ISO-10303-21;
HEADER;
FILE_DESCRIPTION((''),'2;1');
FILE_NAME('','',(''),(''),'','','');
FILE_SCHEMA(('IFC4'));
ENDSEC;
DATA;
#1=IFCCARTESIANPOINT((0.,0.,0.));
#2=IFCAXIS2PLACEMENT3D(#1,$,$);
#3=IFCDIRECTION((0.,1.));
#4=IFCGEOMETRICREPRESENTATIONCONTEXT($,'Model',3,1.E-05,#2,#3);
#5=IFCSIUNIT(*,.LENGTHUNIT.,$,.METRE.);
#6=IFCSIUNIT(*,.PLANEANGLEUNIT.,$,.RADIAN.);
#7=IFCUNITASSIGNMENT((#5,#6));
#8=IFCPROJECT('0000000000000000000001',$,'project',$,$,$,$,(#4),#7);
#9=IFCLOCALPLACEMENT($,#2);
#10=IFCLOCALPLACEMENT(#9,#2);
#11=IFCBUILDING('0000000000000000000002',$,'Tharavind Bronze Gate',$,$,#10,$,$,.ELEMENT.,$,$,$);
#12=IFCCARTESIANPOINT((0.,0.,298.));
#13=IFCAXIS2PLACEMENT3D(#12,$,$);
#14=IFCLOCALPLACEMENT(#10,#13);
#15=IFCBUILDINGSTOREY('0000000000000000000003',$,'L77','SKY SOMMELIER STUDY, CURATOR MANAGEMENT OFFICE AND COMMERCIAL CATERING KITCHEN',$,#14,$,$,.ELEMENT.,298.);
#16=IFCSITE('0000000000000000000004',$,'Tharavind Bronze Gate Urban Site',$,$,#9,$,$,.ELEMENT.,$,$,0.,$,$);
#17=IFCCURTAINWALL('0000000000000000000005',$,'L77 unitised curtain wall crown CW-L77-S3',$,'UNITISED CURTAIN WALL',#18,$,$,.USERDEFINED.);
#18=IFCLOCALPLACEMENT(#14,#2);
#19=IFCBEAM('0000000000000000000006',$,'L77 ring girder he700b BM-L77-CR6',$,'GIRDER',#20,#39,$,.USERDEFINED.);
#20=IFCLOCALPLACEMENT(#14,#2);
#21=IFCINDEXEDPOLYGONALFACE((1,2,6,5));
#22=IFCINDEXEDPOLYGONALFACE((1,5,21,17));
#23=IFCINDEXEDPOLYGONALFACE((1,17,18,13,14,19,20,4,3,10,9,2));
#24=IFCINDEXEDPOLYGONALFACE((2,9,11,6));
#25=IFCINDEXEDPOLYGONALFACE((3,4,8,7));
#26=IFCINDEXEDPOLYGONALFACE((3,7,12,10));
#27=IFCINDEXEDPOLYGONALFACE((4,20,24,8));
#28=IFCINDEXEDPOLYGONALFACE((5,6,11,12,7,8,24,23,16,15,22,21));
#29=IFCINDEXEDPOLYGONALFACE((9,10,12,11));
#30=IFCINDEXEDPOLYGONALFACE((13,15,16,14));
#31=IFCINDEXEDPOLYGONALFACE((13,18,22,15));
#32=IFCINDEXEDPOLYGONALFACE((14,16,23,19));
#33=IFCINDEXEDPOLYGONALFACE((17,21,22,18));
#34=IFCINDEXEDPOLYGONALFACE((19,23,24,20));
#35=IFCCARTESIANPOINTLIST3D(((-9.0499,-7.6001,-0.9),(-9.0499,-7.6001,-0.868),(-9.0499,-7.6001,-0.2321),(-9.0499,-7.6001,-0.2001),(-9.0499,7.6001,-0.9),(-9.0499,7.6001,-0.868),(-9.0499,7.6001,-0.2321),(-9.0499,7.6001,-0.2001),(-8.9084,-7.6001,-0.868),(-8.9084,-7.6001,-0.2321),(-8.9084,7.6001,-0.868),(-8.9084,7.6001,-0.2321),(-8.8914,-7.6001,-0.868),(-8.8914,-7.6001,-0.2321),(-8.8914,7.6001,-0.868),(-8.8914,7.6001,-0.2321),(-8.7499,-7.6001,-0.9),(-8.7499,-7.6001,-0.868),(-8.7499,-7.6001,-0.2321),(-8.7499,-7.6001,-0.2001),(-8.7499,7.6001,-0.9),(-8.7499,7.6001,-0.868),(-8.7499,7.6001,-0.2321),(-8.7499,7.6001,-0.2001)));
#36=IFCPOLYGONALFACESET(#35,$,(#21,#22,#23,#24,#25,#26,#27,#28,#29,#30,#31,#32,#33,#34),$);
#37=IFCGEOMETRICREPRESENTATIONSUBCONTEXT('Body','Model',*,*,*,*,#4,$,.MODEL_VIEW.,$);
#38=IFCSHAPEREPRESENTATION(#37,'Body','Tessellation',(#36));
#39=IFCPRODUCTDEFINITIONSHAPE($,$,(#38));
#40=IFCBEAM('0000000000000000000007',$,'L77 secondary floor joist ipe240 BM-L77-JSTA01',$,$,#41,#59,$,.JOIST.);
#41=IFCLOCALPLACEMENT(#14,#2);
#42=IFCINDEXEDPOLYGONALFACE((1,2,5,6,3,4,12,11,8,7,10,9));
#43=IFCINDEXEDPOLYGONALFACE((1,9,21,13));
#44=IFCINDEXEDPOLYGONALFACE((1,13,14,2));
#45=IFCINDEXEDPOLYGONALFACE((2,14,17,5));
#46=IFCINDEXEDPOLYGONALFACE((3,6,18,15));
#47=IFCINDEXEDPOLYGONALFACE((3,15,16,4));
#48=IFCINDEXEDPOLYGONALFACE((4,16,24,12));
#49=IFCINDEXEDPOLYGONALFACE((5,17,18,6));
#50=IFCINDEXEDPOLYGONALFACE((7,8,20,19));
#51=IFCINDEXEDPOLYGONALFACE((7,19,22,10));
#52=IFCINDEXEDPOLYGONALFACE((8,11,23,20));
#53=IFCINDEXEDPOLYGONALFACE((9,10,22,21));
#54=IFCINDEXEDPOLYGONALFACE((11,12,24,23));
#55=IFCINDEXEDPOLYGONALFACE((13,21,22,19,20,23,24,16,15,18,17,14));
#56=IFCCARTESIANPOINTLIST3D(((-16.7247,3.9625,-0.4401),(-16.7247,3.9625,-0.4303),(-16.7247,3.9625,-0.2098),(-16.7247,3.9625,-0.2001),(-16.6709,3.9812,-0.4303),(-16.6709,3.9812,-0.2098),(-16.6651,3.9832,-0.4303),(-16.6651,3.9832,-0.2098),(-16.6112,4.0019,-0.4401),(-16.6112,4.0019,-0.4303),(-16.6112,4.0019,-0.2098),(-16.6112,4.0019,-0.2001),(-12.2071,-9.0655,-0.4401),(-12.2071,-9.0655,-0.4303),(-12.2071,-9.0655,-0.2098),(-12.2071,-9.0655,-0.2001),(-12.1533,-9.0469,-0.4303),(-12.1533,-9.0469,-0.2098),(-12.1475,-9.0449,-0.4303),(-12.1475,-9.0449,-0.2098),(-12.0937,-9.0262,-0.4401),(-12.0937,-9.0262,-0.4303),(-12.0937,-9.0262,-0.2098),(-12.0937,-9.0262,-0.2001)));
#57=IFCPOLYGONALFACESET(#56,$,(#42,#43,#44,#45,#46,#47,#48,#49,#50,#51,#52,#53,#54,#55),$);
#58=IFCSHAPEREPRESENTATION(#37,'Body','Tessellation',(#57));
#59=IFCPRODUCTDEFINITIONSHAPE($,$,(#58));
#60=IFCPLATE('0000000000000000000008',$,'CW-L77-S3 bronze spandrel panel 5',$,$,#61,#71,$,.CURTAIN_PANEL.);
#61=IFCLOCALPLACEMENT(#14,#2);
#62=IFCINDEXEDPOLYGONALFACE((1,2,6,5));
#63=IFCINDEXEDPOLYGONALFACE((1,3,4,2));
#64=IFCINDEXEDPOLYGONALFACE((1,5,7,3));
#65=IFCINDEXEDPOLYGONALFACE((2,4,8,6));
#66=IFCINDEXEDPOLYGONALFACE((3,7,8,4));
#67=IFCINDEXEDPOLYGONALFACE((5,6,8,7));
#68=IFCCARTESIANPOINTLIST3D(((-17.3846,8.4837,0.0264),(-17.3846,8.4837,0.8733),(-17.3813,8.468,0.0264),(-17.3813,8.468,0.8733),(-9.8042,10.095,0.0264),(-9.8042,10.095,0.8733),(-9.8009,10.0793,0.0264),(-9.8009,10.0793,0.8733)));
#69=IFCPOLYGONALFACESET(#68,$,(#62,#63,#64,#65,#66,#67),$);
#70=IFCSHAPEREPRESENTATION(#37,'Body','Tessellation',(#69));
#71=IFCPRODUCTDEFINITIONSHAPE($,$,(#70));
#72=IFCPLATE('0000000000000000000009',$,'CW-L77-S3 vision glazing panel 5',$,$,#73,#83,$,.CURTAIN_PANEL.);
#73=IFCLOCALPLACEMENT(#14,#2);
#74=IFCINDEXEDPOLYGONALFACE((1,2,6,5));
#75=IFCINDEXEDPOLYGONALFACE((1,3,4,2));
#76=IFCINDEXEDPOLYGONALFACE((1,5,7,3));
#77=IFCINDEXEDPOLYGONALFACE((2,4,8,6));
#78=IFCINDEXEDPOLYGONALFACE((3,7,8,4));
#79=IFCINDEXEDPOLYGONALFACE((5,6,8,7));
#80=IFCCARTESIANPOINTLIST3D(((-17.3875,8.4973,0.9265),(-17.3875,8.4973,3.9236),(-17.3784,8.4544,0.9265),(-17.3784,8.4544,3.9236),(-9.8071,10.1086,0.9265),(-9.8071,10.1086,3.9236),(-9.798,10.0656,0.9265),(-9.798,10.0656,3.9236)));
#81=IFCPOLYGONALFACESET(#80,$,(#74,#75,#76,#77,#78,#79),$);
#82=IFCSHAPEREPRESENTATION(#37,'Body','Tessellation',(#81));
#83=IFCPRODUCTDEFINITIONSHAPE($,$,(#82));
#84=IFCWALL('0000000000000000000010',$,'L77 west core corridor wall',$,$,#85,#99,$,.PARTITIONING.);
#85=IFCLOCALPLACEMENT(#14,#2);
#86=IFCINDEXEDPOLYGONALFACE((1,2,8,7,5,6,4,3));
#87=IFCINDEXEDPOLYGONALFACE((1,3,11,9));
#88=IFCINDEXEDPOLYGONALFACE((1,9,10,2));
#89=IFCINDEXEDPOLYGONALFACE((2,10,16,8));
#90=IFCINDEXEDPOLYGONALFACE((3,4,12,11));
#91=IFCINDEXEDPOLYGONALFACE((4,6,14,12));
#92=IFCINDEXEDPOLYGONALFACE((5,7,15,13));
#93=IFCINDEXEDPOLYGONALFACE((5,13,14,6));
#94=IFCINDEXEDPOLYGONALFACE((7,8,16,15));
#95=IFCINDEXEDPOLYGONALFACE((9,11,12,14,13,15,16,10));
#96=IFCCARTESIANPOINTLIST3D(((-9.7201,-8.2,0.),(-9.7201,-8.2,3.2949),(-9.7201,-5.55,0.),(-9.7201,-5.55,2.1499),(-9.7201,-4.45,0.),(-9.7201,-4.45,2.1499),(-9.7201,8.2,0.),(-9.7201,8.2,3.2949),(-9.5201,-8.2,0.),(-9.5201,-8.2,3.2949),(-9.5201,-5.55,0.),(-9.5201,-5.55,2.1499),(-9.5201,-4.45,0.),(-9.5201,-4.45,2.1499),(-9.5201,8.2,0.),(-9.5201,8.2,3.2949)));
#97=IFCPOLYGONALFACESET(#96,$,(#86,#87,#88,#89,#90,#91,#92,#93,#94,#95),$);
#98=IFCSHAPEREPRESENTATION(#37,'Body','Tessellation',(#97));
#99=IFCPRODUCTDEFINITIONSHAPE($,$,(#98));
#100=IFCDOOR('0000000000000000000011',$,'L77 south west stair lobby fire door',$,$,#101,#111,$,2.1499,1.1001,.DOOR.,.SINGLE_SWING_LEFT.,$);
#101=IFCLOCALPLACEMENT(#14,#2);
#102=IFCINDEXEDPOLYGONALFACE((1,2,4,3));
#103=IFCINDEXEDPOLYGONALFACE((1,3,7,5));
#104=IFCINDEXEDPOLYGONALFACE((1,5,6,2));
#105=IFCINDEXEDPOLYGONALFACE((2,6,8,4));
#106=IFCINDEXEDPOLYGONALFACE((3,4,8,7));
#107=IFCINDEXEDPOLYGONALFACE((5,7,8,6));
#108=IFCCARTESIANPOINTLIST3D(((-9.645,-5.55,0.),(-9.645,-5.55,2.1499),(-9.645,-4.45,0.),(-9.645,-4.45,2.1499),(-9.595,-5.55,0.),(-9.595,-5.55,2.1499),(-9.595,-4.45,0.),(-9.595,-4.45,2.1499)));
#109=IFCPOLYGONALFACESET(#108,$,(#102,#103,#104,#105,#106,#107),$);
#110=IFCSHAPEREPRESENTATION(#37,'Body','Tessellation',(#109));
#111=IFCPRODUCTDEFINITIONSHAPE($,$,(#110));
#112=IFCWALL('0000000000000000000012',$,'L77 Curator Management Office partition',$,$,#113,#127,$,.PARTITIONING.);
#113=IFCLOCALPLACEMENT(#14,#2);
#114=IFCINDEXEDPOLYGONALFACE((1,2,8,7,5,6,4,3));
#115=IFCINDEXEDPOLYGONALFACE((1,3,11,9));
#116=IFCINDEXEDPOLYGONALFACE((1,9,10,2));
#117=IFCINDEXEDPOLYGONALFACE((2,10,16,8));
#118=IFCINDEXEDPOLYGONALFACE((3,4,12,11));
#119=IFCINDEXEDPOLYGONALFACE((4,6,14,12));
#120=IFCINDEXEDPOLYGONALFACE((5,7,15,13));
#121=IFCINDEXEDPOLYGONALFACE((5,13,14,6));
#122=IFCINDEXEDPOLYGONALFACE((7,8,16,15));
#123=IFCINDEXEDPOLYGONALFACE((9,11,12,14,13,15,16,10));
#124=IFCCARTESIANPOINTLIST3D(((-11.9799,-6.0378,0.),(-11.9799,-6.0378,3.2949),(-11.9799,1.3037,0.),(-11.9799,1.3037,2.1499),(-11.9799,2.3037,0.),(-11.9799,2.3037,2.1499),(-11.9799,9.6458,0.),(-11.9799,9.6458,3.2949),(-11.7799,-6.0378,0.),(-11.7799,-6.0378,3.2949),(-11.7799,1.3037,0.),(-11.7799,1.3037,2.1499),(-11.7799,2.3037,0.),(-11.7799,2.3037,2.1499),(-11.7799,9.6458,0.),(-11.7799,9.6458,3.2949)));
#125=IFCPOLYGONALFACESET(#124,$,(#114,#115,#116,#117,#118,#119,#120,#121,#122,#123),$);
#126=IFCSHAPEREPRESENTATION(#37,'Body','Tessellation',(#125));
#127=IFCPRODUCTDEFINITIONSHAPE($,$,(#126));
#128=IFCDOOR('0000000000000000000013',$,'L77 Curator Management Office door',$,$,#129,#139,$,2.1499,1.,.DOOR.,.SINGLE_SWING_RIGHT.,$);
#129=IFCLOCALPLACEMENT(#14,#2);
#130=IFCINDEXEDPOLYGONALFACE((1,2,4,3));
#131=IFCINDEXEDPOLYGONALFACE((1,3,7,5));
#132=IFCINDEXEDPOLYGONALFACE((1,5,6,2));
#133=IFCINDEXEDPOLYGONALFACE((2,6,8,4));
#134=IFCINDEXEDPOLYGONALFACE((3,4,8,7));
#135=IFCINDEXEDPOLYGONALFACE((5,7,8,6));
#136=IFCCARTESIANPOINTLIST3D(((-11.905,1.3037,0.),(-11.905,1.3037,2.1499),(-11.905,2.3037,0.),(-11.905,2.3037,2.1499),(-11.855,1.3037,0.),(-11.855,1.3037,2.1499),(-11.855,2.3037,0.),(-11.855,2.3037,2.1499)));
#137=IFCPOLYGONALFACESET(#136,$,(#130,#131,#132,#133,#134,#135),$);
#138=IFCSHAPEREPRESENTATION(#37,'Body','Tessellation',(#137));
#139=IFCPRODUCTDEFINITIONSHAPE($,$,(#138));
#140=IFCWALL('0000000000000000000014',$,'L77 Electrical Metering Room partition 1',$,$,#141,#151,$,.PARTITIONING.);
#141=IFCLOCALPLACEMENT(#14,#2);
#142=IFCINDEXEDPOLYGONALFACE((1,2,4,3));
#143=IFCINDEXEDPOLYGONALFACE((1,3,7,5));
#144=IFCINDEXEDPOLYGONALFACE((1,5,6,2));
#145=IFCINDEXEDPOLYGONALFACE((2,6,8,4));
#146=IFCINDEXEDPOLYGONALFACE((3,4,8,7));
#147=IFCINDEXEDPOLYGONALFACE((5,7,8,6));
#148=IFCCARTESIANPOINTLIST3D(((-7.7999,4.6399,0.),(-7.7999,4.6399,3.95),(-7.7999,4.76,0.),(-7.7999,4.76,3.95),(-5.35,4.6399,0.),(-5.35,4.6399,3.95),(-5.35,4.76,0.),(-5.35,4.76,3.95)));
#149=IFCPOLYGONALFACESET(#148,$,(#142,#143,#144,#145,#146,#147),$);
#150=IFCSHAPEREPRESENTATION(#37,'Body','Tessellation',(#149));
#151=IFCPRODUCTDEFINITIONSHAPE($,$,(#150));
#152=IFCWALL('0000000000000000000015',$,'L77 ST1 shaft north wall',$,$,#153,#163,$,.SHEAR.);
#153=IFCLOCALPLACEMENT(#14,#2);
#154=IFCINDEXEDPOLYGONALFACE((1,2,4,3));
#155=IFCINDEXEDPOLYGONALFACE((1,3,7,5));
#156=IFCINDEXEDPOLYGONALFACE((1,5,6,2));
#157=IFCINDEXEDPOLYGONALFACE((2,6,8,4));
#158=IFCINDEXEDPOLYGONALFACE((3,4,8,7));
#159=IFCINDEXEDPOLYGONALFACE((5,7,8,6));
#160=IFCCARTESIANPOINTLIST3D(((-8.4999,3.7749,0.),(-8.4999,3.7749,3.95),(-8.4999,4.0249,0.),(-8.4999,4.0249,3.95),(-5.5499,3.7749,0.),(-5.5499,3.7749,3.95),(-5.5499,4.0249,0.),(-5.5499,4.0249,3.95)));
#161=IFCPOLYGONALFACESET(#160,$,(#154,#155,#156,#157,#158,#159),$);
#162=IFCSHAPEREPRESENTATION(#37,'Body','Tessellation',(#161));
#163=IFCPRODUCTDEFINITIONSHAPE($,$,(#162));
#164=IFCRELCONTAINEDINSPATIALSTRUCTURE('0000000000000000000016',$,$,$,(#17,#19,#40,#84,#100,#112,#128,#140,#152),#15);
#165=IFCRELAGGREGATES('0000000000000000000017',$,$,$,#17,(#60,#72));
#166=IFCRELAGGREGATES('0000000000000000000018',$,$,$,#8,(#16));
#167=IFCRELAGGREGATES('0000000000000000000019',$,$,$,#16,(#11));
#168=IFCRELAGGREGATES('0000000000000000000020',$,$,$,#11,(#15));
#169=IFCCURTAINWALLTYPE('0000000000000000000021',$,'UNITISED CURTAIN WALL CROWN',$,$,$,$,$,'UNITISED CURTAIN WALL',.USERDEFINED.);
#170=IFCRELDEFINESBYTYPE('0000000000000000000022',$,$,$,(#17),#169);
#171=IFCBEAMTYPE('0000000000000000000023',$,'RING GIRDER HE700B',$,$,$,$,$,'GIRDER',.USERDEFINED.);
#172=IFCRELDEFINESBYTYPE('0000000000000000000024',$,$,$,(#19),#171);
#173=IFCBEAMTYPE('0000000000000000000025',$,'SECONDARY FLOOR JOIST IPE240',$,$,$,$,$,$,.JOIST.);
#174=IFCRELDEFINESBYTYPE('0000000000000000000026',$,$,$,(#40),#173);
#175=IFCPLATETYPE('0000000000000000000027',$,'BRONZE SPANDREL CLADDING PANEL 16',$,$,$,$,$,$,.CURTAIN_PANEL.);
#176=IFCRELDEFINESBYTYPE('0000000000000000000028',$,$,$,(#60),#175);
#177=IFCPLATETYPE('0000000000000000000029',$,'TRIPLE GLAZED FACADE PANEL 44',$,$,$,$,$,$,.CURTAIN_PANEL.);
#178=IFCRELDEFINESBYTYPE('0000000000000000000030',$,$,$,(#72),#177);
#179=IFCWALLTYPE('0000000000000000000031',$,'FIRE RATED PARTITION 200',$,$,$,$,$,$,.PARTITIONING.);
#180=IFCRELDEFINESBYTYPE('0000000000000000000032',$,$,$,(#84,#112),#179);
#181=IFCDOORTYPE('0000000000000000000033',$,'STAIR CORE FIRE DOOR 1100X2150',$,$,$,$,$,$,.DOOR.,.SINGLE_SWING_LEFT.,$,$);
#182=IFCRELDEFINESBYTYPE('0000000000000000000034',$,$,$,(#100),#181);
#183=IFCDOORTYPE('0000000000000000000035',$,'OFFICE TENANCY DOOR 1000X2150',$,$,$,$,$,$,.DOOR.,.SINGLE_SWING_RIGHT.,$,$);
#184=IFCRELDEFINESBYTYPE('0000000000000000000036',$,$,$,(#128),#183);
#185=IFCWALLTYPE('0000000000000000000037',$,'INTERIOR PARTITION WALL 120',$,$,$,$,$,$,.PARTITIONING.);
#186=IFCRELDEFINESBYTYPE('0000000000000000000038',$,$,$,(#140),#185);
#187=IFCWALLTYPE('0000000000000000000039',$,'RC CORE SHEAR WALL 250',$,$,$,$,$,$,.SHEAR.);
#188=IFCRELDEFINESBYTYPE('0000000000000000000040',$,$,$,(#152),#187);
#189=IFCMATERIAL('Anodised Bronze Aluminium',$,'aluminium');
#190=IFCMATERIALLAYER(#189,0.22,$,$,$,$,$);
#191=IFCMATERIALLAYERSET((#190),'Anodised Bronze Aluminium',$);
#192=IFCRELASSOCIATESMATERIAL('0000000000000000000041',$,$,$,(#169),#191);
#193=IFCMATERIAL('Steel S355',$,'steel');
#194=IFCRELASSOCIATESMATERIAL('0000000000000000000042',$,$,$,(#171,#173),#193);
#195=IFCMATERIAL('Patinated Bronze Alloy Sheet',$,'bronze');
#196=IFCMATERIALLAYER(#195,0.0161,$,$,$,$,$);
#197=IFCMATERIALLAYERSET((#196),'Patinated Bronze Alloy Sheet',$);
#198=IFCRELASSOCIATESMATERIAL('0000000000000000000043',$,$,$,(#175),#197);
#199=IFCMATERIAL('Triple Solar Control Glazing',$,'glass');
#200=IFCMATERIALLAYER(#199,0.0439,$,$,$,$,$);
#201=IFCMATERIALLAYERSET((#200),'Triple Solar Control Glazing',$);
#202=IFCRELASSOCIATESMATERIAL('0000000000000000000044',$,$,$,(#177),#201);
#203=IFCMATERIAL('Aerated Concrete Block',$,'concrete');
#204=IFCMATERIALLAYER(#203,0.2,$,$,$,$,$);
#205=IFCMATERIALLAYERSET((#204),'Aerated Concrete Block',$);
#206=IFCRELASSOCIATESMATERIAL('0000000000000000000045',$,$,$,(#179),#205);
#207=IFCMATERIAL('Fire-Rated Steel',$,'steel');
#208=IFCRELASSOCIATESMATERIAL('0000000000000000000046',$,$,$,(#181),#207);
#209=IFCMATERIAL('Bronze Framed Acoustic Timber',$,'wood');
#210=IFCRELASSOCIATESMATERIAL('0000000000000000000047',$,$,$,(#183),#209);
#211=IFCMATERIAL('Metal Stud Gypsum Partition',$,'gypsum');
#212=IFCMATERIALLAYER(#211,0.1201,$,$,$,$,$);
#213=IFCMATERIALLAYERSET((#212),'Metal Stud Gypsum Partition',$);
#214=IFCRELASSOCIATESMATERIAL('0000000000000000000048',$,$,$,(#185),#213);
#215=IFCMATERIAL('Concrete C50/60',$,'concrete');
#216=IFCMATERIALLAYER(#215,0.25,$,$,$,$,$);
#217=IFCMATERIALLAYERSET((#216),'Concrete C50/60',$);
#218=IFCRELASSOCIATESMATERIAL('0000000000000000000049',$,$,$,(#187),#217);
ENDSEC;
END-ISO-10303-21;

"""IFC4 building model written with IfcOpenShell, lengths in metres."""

from ifc_helpers import new_model, si_unit, direction, frame, frame_2d, origin, origin_2d, place, context, subcontext, project, spatial, rectangle, i_section, extrude, material, layer, layer_set, material_profile, profile_set, type_object, element, fill, aggregate, save


model = new_model("IFC4")

# Units and contexts
model_context = context("Model", 3, precision=1e-05, world=origin(), true_north=direction((0.0, 1.0)))
body_context = subcontext(model_context, "Body", "Model", "MODEL_VIEW")
ifc_project = project(units=[si_unit("LENGTHUNIT", "METRE"), si_unit("PLANEANGLEUNIT", "RADIAN")], contexts=[model_context])

# Site, building, storey
site_placement = place(None, origin())
site = spatial("IfcSite", under=ifc_project, at=site_placement, Name="Tharavind Bronze Gate Urban Site", CompositionType="ELEMENT", RefElevation=0.0)
building_placement = place(site_placement, origin())
building = spatial("IfcBuilding", under=site, at=building_placement, Name="Tharavind Bronze Gate", CompositionType="ELEMENT")
storey_placement = place(building_placement, frame((0.0, 0.0, 298.0)))
storey = spatial("IfcBuildingStorey", under=building, at=storey_placement, Name="L77", Description="SKY SOMMELIER STUDY, CURATOR MANAGEMENT OFFICE AND COMMERCIAL CATERING KITCHEN", CompositionType="ELEMENT", Elevation=298.0)

# Shared definitions
ifc_material_1 = material(Name="Concrete C50/60", Category="concrete")

# Curtain wall
ifc_material_2 = material(Name="Anodised Bronze Aluminium", Category="aluminium")
ifc_layer_1 = layer(ifc_material_2, 0.22)
ifc_layer_set_1 = layer_set([ifc_layer_1], Name="Anodised Bronze Aluminium")
curtain_wall_type = type_object("IfcCurtainWallType", Name="UNITISED CURTAIN WALL CROWN", ElementType="UNITISED CURTAIN WALL", PredefinedType="USERDEFINED", material=ifc_layer_set_1)
curtain_wall_placement = place(storey_placement, origin())
curtain_wall = element("IfcCurtainWall", 1, at=curtain_wall_placement, inside=storey, type_object=curtain_wall_type, Name="L77 unitised curtain wall crown CW-L77-S3", ObjectType="UNITISED CURTAIN WALL", PredefinedType="USERDEFINED")

# Beams
ifc_material_3 = material(Name="Steel S355", Category="steel")
ifc_material_profile_1 = material_profile(ifc_material_3, i_section(OverallWidth=0.3, OverallDepth=0.7, WebThickness=0.0171, FlangeThickness=0.032, at=origin_2d()), Name="HE700B")
ifc_profile_set_1 = profile_set([ifc_material_profile_1], Name="Steel S355")
beam_type_1 = type_object("IfcBeamType", Name="RING GIRDER HE700B", ElementType="GIRDER", PredefinedType="USERDEFINED", material=ifc_profile_set_1)
beam_1_placement = place(storey_placement, frame((-8.8999, 7.6001, -0.55), z_axis=(0.0, -1.0, 0.0), x_axis=(1.0, 0.0, 0.0)))
element("IfcBeam", 2, at=beam_1_placement, inside=storey, type_object=beam_type_1, Name="L77 ring girder he700b BM-L77-CR6", ObjectType="GIRDER", PredefinedType="USERDEFINED", context=body_context, shape_type="SweptSolid", body=[
    extrude(i_section(OverallWidth=0.3, OverallDepth=0.7, WebThickness=0.0171, FlangeThickness=0.032, at=origin_2d()), origin(), (0.0, 0.0, 1.0), 15.2002),
])
ifc_material_profile_2 = material_profile(ifc_material_3, i_section(OverallWidth=0.1201, OverallDepth=0.24, WebThickness=0.0061, FlangeThickness=0.0098, at=origin_2d()), Name="IPE240")
ifc_profile_set_2 = profile_set([ifc_material_profile_2], Name="Steel S355")
beam_type_2 = type_object("IfcBeamType", Name="SECONDARY FLOOR JOIST IPE240", PredefinedType="JOIST", material=ifc_profile_set_2)
beam_2_placement = place(storey_placement, frame((-16.668, 3.9822, -0.3201), z_axis=(0.32762, -0.94481, 0.0), x_axis=(0.94481, 0.32762, 0.0)))
element("IfcBeam", 3, at=beam_2_placement, inside=storey, type_object=beam_type_2, Name="L77 secondary floor joist ipe240 BM-L77-JSTA01", PredefinedType="JOIST", context=body_context, shape_type="SweptSolid", body=[
    extrude(i_section(OverallWidth=0.1201, OverallDepth=0.24, WebThickness=0.0061, FlangeThickness=0.0098, at=origin_2d()), origin(), (0.0, 0.0, 1.0), 13.7891),
])

# Plates
ifc_material_4 = material(Name="Patinated Bronze Alloy Sheet", Category="bronze")
ifc_layer_2 = layer(ifc_material_4, 0.0161)
ifc_layer_set_2 = layer_set([ifc_layer_2], Name="Patinated Bronze Alloy Sheet")
plate_type_1 = type_object("IfcPlateType", Name="BRONZE SPANDREL CLADDING PANEL 16", PredefinedType="CURTAIN_PANEL", material=ifc_layer_set_2)
plate_1_placement = place(storey_placement, frame((-13.5928, 9.2815, 0.0264), z_axis=(0.0, 0.0, 1.0), x_axis=(-0.978147, -0.207913, 0.0)))
plate_1 = element("IfcPlate", 4, at=plate_1_placement, type_object=plate_type_1, Name="CW-L77-S3 bronze spandrel panel 5", PredefinedType="CURTAIN_PANEL", context=body_context, shape_type="SweptSolid", body=[
    extrude(rectangle(XDim=7.7498, YDim=0.0161, at=origin_2d()), origin(), (0.0, 0.0, 1.0), 0.8469),
])
ifc_material_5 = material(Name="Triple Solar Control Glazing", Category="glass")
ifc_layer_3 = layer(ifc_material_5, 0.0439)
ifc_layer_set_3 = layer_set([ifc_layer_3], Name="Triple Solar Control Glazing")
plate_type_2 = type_object("IfcPlateType", Name="TRIPLE GLAZED FACADE PANEL 44", PredefinedType="CURTAIN_PANEL", material=ifc_layer_set_3)
plate_2_placement = place(storey_placement, frame((-13.5928, 9.2815, 0.9265), z_axis=(0.0, 0.0, 1.0), x_axis=(-0.978147, -0.207913, 0.0)))
plate_2 = element("IfcPlate", 5, at=plate_2_placement, type_object=plate_type_2, Name="CW-L77-S3 vision glazing panel 5", PredefinedType="CURTAIN_PANEL", context=body_context, shape_type="SweptSolid", body=[
    extrude(rectangle(XDim=7.7498, YDim=0.0439, at=origin_2d()), origin(), (0.0, 0.0, 1.0), 2.9971),
])
aggregate(curtain_wall, [plate_1, plate_2])

# Walls, openings, doors
ifc_material_6 = material(Name="Aerated Concrete Block", Category="concrete")
ifc_layer_4 = layer(ifc_material_6, 0.2)
ifc_layer_set_4 = layer_set([ifc_layer_4], Name="Aerated Concrete Block")
wall_type_1 = type_object("IfcWallType", Name="FIRE RATED PARTITION 200", PredefinedType="PARTITIONING", material=ifc_layer_set_4)
wall_1_placement = place(storey_placement, frame((-9.6201, 8.2, 0.0), z_axis=(0.0, 0.0, 1.0), x_axis=(0.0, -1.0, 0.0)))
wall_1 = element("IfcWall", 6, at=wall_1_placement, inside=storey, type_object=wall_type_1, Name="L77 west core corridor wall", PredefinedType="PARTITIONING", context=body_context, shape_type="SweptSolid", body=[
    extrude(rectangle(XDim=16.3999, YDim=0.2, at=frame_2d((8.2, 0.0))), origin(), (0.0, 0.0, 1.0), 3.2949),
])
opening_1_placement = place(wall_1_placement, frame((12.6499, 0.0, 0.0)))
opening_1 = element("IfcOpeningElement", 7, at=opening_1_placement, cuts=wall_1, PredefinedType="OPENING", context=body_context, shape_type="SweptSolid", body=[
    extrude(rectangle(XDim=1.1001, YDim=2.1499, at=frame_2d((0.55, 1.075))), frame((0.0, 0.1101, 0.0), z_axis=(0.0, -1.0, 0.0), x_axis=(1.0, 0.0, 0.0)), (0.0, 0.0, 1.0), 0.22),
])
ifc_material_7 = material(Name="Fire-Rated Steel", Category="steel")
door_type_1 = type_object("IfcDoorType", Name="STAIR CORE FIRE DOOR 1100X2150", OperationType="SINGLE_SWING_LEFT", PredefinedType="DOOR", material=ifc_material_7)
door_1_placement = place(opening_1_placement, frame((1.1001, 0.0, 0.0), z_axis=(0.0, 0.0, 1.0), x_axis=(-1.0, 0.0, 0.0)))
door_1 = element("IfcDoor", 8, at=door_1_placement, inside=storey, type_object=door_type_1, Name="L77 south west stair lobby fire door", OperationType="SINGLE_SWING_LEFT", OverallHeight=2.1499, OverallWidth=1.1001, PredefinedType="DOOR", context=body_context, shape_type="SweptSolid", body=[
    extrude(rectangle(XDim=1.1001, YDim=2.1499, at=frame_2d((0.55, 1.075))), frame((0.0, 0.0249, 0.0), z_axis=(0.0, -1.0, 0.0), x_axis=(1.0, 0.0, 0.0)), (0.0, 0.0, 1.0), 0.05),
])
fill(opening_1, door_1)
wall_2_placement = place(storey_placement, frame((-11.8799, 9.6458, 0.0), z_axis=(0.0, 0.0, 1.0), x_axis=(0.0, -1.0, 0.0)))
wall_2 = element("IfcWall", 9, at=wall_2_placement, inside=storey, type_object=wall_type_1, Name="L77 Curator Management Office partition", PredefinedType="PARTITIONING", context=body_context, shape_type="SweptSolid", body=[
    extrude(rectangle(XDim=15.6836, YDim=0.2, at=frame_2d((7.8418, 0.0))), origin(), (0.0, 0.0, 1.0), 3.2949),
])
opening_2_placement = place(wall_2_placement, frame((7.342, 0.0, 0.0)))
opening_2 = element("IfcOpeningElement", 10, at=opening_2_placement, cuts=wall_2, PredefinedType="OPENING", context=body_context, shape_type="SweptSolid", body=[
    extrude(rectangle(XDim=1.0, YDim=2.1499, at=frame_2d((0.5, 1.075))), frame((0.0, 0.1101, 0.0), z_axis=(0.0, -1.0, 0.0), x_axis=(1.0, 0.0, 0.0)), (0.0, 0.0, 1.0), 0.22),
])
ifc_material_8 = material(Name="Bronze Framed Acoustic Timber", Category="wood")
door_type_2 = type_object("IfcDoorType", Name="OFFICE TENANCY DOOR 1000X2150", OperationType="SINGLE_SWING_RIGHT", PredefinedType="DOOR", material=ifc_material_8)
door_2_placement = place(opening_2_placement, origin())
door_2 = element("IfcDoor", 11, at=door_2_placement, inside=storey, type_object=door_type_2, Name="L77 Curator Management Office door", OperationType="SINGLE_SWING_RIGHT", OverallHeight=2.1499, OverallWidth=1.0, PredefinedType="DOOR", context=body_context, shape_type="SweptSolid", body=[
    extrude(rectangle(XDim=1.0, YDim=2.1499, at=frame_2d((0.5, 1.075))), frame((0.0, 0.0249, 0.0), z_axis=(0.0, -1.0, 0.0), x_axis=(1.0, 0.0, 0.0)), (0.0, 0.0, 1.0), 0.05),
])
fill(opening_2, door_2)

# Walls
ifc_material_9 = material(Name="Metal Stud Gypsum Partition", Category="gypsum")
ifc_layer_5 = layer(ifc_material_9, 0.1201)
ifc_layer_set_5 = layer_set([ifc_layer_5], Name="Metal Stud Gypsum Partition")
wall_type_2 = type_object("IfcWallType", Name="INTERIOR PARTITION WALL 120", PredefinedType="PARTITIONING", material=ifc_layer_set_5)
wall_3_placement = place(storey_placement, frame((-7.8, 4.7, 0.0), z_axis=(0.0, 0.0, 1.0), x_axis=(1.0, 0.0, 0.0)))
element("IfcWall", 12, at=wall_3_placement, inside=storey, type_object=wall_type_2, Name="L77 Electrical Metering Room partition 1", PredefinedType="PARTITIONING", context=body_context, shape_type="SweptSolid", body=[
    extrude(rectangle(XDim=2.45, YDim=0.1201, at=frame_2d((1.2251, 0.0))), origin(), (0.0, 0.0, 1.0), 3.95),
])
ifc_layer_6 = layer(ifc_material_1, 0.25)
ifc_layer_set_6 = layer_set([ifc_layer_6], Name="Concrete C50/60")
wall_type_3 = type_object("IfcWallType", Name="RC CORE SHEAR WALL 250", PredefinedType="SHEAR", material=ifc_layer_set_6)
wall_4_placement = place(storey_placement, frame((-8.5, 3.8999, 0.0), z_axis=(0.0, 0.0, 1.0), x_axis=(1.0, 0.0, 0.0)))
element("IfcWall", 13, at=wall_4_placement, inside=storey, type_object=wall_type_3, Name="L77 ST1 shaft north wall", PredefinedType="SHEAR", context=body_context, shape_type="SweptSolid", body=[
    extrude(rectangle(XDim=2.95, YDim=0.25, at=frame_2d((1.4751, 0.0))), origin(), (0.0, 0.0, 1.0), 3.95),
])

save(model, "model.ifc")
